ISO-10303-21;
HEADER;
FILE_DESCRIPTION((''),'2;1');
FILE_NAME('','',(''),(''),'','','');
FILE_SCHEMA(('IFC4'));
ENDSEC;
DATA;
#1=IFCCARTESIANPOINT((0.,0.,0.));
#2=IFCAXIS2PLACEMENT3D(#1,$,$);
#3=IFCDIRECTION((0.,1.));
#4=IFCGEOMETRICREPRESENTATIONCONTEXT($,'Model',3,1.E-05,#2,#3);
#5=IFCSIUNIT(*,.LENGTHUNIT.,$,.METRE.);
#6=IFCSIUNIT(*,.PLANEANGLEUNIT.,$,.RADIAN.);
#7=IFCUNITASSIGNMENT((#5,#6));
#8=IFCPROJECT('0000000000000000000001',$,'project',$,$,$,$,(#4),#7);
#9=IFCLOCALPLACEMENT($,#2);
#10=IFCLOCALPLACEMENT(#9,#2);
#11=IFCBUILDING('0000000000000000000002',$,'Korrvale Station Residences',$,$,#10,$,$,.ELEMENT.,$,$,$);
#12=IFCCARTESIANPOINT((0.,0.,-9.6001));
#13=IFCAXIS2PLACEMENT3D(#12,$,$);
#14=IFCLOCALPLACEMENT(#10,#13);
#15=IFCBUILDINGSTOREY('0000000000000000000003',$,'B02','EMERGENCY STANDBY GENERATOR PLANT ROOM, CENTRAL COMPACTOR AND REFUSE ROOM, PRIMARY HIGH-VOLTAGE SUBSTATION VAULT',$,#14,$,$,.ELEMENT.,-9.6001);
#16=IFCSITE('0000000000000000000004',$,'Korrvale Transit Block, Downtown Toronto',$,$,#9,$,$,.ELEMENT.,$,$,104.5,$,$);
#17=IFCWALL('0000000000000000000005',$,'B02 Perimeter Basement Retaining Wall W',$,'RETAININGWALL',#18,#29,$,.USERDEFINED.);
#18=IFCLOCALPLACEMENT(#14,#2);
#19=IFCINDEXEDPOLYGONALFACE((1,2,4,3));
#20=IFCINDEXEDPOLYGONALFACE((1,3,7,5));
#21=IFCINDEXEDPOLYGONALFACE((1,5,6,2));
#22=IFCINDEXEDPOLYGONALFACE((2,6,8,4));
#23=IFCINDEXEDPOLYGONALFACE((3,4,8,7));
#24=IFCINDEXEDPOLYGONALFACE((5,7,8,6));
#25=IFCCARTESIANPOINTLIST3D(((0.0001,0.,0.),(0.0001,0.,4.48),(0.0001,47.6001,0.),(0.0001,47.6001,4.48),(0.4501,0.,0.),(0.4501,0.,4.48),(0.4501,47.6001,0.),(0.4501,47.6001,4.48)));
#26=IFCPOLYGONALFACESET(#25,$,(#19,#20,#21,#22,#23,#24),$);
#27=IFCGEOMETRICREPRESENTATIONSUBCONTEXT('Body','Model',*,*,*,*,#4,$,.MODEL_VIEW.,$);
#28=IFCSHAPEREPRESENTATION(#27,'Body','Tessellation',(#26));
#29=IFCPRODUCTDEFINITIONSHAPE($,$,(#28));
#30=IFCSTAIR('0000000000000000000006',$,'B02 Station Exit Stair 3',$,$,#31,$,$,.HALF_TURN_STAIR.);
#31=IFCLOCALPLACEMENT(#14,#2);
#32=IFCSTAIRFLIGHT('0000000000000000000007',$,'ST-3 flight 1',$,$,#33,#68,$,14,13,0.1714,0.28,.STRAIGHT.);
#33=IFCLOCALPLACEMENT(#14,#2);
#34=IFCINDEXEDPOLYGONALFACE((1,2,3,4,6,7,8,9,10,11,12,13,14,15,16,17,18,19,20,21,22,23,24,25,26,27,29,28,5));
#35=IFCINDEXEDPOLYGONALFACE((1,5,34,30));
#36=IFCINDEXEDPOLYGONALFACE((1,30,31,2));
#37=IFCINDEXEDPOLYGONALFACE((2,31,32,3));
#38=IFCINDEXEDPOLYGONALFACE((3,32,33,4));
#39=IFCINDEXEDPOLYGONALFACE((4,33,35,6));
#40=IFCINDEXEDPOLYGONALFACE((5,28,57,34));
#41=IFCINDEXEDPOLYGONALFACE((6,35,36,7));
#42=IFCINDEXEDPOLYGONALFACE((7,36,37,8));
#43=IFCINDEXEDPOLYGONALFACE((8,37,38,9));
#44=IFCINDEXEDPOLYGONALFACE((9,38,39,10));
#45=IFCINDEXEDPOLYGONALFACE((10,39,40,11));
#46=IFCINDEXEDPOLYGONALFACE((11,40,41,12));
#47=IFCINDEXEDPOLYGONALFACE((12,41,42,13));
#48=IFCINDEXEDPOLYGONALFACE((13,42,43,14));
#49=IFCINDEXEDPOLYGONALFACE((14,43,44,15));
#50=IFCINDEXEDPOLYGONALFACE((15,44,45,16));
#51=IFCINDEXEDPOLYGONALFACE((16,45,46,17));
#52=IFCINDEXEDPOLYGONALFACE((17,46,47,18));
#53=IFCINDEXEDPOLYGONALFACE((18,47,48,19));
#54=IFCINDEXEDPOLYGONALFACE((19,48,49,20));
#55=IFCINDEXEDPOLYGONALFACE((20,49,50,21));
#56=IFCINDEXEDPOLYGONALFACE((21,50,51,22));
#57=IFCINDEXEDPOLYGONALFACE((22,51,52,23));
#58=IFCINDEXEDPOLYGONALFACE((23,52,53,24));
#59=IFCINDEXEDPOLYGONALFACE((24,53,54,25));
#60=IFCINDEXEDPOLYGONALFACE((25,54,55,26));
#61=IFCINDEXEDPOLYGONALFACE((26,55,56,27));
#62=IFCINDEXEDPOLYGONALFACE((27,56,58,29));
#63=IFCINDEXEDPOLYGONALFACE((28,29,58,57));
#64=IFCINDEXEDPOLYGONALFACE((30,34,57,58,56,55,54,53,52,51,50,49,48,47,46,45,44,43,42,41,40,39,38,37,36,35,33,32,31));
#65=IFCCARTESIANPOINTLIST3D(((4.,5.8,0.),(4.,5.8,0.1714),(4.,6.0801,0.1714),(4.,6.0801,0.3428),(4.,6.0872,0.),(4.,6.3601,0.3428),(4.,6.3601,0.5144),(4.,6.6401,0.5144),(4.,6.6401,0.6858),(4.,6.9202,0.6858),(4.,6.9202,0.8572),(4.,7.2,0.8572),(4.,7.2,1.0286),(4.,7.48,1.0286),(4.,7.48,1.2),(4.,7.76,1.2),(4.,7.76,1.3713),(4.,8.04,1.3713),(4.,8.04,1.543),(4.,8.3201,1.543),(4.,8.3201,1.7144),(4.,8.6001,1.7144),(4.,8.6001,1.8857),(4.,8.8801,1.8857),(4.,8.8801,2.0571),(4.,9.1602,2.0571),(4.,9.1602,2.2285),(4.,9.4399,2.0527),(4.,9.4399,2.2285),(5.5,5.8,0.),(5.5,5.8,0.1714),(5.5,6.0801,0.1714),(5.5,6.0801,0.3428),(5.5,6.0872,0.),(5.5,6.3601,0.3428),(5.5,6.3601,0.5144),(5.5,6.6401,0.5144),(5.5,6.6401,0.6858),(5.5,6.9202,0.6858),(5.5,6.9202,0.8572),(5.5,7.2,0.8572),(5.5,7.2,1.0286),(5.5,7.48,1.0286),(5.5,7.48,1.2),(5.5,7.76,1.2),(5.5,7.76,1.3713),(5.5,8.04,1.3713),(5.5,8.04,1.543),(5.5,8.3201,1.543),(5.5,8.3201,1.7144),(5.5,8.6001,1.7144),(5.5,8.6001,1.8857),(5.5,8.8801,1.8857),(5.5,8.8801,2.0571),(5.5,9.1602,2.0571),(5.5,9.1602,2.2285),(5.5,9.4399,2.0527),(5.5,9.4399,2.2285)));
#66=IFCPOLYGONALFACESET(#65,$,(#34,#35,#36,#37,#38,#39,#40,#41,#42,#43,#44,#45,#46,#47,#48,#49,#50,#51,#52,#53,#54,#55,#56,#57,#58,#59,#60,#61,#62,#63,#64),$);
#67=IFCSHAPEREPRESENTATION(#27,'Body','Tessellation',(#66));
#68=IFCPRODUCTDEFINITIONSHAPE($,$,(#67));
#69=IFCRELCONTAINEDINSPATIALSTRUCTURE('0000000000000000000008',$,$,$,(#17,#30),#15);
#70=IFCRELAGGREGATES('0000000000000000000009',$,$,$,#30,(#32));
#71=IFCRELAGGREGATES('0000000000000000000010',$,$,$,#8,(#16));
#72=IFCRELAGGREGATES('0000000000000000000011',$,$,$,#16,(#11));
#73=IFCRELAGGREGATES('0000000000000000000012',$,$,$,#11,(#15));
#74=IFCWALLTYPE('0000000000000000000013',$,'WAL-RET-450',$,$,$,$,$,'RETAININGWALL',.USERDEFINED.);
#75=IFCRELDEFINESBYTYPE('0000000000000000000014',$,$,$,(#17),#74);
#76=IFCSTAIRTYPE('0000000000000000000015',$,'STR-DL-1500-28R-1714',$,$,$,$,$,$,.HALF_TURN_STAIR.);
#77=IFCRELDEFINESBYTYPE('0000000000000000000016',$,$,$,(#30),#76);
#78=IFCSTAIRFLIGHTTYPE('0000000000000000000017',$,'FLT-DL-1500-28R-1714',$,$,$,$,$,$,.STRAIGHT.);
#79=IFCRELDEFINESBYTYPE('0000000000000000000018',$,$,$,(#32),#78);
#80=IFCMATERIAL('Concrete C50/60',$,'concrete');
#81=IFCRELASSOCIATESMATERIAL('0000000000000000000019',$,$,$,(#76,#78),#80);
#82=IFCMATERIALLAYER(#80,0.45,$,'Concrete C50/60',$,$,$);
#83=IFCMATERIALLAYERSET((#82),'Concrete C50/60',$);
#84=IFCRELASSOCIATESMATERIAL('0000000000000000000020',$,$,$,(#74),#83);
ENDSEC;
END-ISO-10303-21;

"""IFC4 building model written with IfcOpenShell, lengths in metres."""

from ifc_helpers import new_model, si_unit, direction, frame, frame_2d, origin, place, context, subcontext, project, spatial, polyline, rectangle, outline, extrude, material, layer, layer_set, type_object, element, aggregate, save


model = new_model("IFC4")

# Units and contexts
model_context = context("Model", 3, precision=1e-05, world=origin(), true_north=direction((0.0, 1.0)))
body_context = subcontext(model_context, "Body", "Model", "MODEL_VIEW")
ifc_project = project(units=[si_unit("LENGTHUNIT", "METRE"), si_unit("PLANEANGLEUNIT", "RADIAN")], contexts=[model_context])

# Site, building, storey
site_placement = place(None, origin())
site = spatial("IfcSite", under=ifc_project, at=site_placement, Name="Korrvale Transit Block, Downtown Toronto", CompositionType="ELEMENT", RefElevation=104.5)
building_placement = place(site_placement, origin())
building = spatial("IfcBuilding", under=site, at=building_placement, Name="Korrvale Station Residences", CompositionType="ELEMENT")
storey_placement = place(building_placement, frame((0.0, 0.0, -9.6001)))
storey = spatial("IfcBuildingStorey", under=building, at=storey_placement, Name="B02", Description="EMERGENCY STANDBY GENERATOR PLANT ROOM, CENTRAL COMPACTOR AND REFUSE ROOM, PRIMARY HIGH-VOLTAGE SUBSTATION VAULT", CompositionType="ELEMENT", Elevation=-9.6001)

# Shared definitions
ifc_material_1 = material(Name="Concrete C50/60", Category="concrete")

# Shared definitions
stair_type = type_object("IfcStairType", Name="STR-DL-1500-28R-1714", PredefinedType="HALF_TURN_STAIR", material=ifc_material_1)

# Wall
ifc_layer_1 = layer(ifc_material_1, 0.45, Name="Concrete C50/60")
ifc_layer_set_1 = layer_set([ifc_layer_1], Name="Concrete C50/60")
wall_type_1 = type_object("IfcWallType", Name="WAL-RET-450", ElementType="RETAININGWALL", PredefinedType="USERDEFINED", material=ifc_layer_set_1)
wall_1_placement = place(storey_placement, frame((0.2251, 0.0, 0.0), z_axis=(0.0, 0.0, 1.0), x_axis=(0.0, 1.0, 0.0)))
element("IfcWall", 1, at=wall_1_placement, inside=storey, type_object=wall_type_1, Name="B02 Perimeter Basement Retaining Wall W", ObjectType="RETAININGWALL", PredefinedType="USERDEFINED", context=body_context, shape_type="SweptSolid", body=[
    extrude(rectangle(XDim=47.6001, YDim=0.45, at=frame_2d((23.8, 0.0))), origin(), (0.0, 0.0, 1.0), 4.48),
])

# Stair, stair flight
stair_1_placement = place(storey_placement, origin())
stair_1 = element("IfcStair", 2, at=stair_1_placement, inside=storey, type_object=stair_type, Name="B02 Station Exit Stair 3", PredefinedType="HALF_TURN_STAIR")
stair_flight_type = type_object("IfcStairFlightType", Name="FLT-DL-1500-28R-1714", PredefinedType="STRAIGHT", material=ifc_material_1)
stair_flight_placement = place(storey_placement, frame((4.75, 5.8, 0.0), z_axis=(0.0, 0.0, 1.0), x_axis=(0.0, 1.0, 0.0)))
stair_flight = element("IfcStairFlight", 3, at=stair_flight_placement, type_object=stair_flight_type, Name="ST-3 flight 1", NumberOfRisers=14, NumberOfTreads=13, PredefinedType="STRAIGHT", RiserHeight=0.1714, TreadLength=0.28, context=body_context, shape_type="SweptSolid", body=[
    extrude(outline(polyline([(0.0, 0.0), (0.0, 0.1714), (0.28, 0.1714), (0.28, 0.3428), (0.5601, 0.3428), (0.5601, 0.5144), (0.8401, 0.5144), (0.8401, 0.6858), (1.1201, 0.6858), (1.1201, 0.8572), (1.3999, 0.8572), (1.3999, 1.0286), (1.6799, 1.0286), (1.6799, 1.2), (1.96, 1.2), (1.96, 1.3713), (2.24, 1.3713), (2.24, 1.543), (2.52, 1.543), (2.52, 1.7144), (2.8, 1.7144), (2.8, 1.8857), (3.0801, 1.8857), (3.0801, 2.0571), (3.3601, 2.0571), (3.3601, 2.2285), (3.6399, 2.2285), (3.6399, 2.3999), (3.6399, 2.0527), (0.2871, 0.0), (0.0, 0.0)])), frame((0.0, 0.75, 0.0), z_axis=(0.0, -1.0, 0.0), x_axis=(1.0, 0.0, 0.0)), (0.0, 0.0, 1.0), 1.5),
])
aggregate(stair_1, [stair_flight])

save(model, "model.ifc")
